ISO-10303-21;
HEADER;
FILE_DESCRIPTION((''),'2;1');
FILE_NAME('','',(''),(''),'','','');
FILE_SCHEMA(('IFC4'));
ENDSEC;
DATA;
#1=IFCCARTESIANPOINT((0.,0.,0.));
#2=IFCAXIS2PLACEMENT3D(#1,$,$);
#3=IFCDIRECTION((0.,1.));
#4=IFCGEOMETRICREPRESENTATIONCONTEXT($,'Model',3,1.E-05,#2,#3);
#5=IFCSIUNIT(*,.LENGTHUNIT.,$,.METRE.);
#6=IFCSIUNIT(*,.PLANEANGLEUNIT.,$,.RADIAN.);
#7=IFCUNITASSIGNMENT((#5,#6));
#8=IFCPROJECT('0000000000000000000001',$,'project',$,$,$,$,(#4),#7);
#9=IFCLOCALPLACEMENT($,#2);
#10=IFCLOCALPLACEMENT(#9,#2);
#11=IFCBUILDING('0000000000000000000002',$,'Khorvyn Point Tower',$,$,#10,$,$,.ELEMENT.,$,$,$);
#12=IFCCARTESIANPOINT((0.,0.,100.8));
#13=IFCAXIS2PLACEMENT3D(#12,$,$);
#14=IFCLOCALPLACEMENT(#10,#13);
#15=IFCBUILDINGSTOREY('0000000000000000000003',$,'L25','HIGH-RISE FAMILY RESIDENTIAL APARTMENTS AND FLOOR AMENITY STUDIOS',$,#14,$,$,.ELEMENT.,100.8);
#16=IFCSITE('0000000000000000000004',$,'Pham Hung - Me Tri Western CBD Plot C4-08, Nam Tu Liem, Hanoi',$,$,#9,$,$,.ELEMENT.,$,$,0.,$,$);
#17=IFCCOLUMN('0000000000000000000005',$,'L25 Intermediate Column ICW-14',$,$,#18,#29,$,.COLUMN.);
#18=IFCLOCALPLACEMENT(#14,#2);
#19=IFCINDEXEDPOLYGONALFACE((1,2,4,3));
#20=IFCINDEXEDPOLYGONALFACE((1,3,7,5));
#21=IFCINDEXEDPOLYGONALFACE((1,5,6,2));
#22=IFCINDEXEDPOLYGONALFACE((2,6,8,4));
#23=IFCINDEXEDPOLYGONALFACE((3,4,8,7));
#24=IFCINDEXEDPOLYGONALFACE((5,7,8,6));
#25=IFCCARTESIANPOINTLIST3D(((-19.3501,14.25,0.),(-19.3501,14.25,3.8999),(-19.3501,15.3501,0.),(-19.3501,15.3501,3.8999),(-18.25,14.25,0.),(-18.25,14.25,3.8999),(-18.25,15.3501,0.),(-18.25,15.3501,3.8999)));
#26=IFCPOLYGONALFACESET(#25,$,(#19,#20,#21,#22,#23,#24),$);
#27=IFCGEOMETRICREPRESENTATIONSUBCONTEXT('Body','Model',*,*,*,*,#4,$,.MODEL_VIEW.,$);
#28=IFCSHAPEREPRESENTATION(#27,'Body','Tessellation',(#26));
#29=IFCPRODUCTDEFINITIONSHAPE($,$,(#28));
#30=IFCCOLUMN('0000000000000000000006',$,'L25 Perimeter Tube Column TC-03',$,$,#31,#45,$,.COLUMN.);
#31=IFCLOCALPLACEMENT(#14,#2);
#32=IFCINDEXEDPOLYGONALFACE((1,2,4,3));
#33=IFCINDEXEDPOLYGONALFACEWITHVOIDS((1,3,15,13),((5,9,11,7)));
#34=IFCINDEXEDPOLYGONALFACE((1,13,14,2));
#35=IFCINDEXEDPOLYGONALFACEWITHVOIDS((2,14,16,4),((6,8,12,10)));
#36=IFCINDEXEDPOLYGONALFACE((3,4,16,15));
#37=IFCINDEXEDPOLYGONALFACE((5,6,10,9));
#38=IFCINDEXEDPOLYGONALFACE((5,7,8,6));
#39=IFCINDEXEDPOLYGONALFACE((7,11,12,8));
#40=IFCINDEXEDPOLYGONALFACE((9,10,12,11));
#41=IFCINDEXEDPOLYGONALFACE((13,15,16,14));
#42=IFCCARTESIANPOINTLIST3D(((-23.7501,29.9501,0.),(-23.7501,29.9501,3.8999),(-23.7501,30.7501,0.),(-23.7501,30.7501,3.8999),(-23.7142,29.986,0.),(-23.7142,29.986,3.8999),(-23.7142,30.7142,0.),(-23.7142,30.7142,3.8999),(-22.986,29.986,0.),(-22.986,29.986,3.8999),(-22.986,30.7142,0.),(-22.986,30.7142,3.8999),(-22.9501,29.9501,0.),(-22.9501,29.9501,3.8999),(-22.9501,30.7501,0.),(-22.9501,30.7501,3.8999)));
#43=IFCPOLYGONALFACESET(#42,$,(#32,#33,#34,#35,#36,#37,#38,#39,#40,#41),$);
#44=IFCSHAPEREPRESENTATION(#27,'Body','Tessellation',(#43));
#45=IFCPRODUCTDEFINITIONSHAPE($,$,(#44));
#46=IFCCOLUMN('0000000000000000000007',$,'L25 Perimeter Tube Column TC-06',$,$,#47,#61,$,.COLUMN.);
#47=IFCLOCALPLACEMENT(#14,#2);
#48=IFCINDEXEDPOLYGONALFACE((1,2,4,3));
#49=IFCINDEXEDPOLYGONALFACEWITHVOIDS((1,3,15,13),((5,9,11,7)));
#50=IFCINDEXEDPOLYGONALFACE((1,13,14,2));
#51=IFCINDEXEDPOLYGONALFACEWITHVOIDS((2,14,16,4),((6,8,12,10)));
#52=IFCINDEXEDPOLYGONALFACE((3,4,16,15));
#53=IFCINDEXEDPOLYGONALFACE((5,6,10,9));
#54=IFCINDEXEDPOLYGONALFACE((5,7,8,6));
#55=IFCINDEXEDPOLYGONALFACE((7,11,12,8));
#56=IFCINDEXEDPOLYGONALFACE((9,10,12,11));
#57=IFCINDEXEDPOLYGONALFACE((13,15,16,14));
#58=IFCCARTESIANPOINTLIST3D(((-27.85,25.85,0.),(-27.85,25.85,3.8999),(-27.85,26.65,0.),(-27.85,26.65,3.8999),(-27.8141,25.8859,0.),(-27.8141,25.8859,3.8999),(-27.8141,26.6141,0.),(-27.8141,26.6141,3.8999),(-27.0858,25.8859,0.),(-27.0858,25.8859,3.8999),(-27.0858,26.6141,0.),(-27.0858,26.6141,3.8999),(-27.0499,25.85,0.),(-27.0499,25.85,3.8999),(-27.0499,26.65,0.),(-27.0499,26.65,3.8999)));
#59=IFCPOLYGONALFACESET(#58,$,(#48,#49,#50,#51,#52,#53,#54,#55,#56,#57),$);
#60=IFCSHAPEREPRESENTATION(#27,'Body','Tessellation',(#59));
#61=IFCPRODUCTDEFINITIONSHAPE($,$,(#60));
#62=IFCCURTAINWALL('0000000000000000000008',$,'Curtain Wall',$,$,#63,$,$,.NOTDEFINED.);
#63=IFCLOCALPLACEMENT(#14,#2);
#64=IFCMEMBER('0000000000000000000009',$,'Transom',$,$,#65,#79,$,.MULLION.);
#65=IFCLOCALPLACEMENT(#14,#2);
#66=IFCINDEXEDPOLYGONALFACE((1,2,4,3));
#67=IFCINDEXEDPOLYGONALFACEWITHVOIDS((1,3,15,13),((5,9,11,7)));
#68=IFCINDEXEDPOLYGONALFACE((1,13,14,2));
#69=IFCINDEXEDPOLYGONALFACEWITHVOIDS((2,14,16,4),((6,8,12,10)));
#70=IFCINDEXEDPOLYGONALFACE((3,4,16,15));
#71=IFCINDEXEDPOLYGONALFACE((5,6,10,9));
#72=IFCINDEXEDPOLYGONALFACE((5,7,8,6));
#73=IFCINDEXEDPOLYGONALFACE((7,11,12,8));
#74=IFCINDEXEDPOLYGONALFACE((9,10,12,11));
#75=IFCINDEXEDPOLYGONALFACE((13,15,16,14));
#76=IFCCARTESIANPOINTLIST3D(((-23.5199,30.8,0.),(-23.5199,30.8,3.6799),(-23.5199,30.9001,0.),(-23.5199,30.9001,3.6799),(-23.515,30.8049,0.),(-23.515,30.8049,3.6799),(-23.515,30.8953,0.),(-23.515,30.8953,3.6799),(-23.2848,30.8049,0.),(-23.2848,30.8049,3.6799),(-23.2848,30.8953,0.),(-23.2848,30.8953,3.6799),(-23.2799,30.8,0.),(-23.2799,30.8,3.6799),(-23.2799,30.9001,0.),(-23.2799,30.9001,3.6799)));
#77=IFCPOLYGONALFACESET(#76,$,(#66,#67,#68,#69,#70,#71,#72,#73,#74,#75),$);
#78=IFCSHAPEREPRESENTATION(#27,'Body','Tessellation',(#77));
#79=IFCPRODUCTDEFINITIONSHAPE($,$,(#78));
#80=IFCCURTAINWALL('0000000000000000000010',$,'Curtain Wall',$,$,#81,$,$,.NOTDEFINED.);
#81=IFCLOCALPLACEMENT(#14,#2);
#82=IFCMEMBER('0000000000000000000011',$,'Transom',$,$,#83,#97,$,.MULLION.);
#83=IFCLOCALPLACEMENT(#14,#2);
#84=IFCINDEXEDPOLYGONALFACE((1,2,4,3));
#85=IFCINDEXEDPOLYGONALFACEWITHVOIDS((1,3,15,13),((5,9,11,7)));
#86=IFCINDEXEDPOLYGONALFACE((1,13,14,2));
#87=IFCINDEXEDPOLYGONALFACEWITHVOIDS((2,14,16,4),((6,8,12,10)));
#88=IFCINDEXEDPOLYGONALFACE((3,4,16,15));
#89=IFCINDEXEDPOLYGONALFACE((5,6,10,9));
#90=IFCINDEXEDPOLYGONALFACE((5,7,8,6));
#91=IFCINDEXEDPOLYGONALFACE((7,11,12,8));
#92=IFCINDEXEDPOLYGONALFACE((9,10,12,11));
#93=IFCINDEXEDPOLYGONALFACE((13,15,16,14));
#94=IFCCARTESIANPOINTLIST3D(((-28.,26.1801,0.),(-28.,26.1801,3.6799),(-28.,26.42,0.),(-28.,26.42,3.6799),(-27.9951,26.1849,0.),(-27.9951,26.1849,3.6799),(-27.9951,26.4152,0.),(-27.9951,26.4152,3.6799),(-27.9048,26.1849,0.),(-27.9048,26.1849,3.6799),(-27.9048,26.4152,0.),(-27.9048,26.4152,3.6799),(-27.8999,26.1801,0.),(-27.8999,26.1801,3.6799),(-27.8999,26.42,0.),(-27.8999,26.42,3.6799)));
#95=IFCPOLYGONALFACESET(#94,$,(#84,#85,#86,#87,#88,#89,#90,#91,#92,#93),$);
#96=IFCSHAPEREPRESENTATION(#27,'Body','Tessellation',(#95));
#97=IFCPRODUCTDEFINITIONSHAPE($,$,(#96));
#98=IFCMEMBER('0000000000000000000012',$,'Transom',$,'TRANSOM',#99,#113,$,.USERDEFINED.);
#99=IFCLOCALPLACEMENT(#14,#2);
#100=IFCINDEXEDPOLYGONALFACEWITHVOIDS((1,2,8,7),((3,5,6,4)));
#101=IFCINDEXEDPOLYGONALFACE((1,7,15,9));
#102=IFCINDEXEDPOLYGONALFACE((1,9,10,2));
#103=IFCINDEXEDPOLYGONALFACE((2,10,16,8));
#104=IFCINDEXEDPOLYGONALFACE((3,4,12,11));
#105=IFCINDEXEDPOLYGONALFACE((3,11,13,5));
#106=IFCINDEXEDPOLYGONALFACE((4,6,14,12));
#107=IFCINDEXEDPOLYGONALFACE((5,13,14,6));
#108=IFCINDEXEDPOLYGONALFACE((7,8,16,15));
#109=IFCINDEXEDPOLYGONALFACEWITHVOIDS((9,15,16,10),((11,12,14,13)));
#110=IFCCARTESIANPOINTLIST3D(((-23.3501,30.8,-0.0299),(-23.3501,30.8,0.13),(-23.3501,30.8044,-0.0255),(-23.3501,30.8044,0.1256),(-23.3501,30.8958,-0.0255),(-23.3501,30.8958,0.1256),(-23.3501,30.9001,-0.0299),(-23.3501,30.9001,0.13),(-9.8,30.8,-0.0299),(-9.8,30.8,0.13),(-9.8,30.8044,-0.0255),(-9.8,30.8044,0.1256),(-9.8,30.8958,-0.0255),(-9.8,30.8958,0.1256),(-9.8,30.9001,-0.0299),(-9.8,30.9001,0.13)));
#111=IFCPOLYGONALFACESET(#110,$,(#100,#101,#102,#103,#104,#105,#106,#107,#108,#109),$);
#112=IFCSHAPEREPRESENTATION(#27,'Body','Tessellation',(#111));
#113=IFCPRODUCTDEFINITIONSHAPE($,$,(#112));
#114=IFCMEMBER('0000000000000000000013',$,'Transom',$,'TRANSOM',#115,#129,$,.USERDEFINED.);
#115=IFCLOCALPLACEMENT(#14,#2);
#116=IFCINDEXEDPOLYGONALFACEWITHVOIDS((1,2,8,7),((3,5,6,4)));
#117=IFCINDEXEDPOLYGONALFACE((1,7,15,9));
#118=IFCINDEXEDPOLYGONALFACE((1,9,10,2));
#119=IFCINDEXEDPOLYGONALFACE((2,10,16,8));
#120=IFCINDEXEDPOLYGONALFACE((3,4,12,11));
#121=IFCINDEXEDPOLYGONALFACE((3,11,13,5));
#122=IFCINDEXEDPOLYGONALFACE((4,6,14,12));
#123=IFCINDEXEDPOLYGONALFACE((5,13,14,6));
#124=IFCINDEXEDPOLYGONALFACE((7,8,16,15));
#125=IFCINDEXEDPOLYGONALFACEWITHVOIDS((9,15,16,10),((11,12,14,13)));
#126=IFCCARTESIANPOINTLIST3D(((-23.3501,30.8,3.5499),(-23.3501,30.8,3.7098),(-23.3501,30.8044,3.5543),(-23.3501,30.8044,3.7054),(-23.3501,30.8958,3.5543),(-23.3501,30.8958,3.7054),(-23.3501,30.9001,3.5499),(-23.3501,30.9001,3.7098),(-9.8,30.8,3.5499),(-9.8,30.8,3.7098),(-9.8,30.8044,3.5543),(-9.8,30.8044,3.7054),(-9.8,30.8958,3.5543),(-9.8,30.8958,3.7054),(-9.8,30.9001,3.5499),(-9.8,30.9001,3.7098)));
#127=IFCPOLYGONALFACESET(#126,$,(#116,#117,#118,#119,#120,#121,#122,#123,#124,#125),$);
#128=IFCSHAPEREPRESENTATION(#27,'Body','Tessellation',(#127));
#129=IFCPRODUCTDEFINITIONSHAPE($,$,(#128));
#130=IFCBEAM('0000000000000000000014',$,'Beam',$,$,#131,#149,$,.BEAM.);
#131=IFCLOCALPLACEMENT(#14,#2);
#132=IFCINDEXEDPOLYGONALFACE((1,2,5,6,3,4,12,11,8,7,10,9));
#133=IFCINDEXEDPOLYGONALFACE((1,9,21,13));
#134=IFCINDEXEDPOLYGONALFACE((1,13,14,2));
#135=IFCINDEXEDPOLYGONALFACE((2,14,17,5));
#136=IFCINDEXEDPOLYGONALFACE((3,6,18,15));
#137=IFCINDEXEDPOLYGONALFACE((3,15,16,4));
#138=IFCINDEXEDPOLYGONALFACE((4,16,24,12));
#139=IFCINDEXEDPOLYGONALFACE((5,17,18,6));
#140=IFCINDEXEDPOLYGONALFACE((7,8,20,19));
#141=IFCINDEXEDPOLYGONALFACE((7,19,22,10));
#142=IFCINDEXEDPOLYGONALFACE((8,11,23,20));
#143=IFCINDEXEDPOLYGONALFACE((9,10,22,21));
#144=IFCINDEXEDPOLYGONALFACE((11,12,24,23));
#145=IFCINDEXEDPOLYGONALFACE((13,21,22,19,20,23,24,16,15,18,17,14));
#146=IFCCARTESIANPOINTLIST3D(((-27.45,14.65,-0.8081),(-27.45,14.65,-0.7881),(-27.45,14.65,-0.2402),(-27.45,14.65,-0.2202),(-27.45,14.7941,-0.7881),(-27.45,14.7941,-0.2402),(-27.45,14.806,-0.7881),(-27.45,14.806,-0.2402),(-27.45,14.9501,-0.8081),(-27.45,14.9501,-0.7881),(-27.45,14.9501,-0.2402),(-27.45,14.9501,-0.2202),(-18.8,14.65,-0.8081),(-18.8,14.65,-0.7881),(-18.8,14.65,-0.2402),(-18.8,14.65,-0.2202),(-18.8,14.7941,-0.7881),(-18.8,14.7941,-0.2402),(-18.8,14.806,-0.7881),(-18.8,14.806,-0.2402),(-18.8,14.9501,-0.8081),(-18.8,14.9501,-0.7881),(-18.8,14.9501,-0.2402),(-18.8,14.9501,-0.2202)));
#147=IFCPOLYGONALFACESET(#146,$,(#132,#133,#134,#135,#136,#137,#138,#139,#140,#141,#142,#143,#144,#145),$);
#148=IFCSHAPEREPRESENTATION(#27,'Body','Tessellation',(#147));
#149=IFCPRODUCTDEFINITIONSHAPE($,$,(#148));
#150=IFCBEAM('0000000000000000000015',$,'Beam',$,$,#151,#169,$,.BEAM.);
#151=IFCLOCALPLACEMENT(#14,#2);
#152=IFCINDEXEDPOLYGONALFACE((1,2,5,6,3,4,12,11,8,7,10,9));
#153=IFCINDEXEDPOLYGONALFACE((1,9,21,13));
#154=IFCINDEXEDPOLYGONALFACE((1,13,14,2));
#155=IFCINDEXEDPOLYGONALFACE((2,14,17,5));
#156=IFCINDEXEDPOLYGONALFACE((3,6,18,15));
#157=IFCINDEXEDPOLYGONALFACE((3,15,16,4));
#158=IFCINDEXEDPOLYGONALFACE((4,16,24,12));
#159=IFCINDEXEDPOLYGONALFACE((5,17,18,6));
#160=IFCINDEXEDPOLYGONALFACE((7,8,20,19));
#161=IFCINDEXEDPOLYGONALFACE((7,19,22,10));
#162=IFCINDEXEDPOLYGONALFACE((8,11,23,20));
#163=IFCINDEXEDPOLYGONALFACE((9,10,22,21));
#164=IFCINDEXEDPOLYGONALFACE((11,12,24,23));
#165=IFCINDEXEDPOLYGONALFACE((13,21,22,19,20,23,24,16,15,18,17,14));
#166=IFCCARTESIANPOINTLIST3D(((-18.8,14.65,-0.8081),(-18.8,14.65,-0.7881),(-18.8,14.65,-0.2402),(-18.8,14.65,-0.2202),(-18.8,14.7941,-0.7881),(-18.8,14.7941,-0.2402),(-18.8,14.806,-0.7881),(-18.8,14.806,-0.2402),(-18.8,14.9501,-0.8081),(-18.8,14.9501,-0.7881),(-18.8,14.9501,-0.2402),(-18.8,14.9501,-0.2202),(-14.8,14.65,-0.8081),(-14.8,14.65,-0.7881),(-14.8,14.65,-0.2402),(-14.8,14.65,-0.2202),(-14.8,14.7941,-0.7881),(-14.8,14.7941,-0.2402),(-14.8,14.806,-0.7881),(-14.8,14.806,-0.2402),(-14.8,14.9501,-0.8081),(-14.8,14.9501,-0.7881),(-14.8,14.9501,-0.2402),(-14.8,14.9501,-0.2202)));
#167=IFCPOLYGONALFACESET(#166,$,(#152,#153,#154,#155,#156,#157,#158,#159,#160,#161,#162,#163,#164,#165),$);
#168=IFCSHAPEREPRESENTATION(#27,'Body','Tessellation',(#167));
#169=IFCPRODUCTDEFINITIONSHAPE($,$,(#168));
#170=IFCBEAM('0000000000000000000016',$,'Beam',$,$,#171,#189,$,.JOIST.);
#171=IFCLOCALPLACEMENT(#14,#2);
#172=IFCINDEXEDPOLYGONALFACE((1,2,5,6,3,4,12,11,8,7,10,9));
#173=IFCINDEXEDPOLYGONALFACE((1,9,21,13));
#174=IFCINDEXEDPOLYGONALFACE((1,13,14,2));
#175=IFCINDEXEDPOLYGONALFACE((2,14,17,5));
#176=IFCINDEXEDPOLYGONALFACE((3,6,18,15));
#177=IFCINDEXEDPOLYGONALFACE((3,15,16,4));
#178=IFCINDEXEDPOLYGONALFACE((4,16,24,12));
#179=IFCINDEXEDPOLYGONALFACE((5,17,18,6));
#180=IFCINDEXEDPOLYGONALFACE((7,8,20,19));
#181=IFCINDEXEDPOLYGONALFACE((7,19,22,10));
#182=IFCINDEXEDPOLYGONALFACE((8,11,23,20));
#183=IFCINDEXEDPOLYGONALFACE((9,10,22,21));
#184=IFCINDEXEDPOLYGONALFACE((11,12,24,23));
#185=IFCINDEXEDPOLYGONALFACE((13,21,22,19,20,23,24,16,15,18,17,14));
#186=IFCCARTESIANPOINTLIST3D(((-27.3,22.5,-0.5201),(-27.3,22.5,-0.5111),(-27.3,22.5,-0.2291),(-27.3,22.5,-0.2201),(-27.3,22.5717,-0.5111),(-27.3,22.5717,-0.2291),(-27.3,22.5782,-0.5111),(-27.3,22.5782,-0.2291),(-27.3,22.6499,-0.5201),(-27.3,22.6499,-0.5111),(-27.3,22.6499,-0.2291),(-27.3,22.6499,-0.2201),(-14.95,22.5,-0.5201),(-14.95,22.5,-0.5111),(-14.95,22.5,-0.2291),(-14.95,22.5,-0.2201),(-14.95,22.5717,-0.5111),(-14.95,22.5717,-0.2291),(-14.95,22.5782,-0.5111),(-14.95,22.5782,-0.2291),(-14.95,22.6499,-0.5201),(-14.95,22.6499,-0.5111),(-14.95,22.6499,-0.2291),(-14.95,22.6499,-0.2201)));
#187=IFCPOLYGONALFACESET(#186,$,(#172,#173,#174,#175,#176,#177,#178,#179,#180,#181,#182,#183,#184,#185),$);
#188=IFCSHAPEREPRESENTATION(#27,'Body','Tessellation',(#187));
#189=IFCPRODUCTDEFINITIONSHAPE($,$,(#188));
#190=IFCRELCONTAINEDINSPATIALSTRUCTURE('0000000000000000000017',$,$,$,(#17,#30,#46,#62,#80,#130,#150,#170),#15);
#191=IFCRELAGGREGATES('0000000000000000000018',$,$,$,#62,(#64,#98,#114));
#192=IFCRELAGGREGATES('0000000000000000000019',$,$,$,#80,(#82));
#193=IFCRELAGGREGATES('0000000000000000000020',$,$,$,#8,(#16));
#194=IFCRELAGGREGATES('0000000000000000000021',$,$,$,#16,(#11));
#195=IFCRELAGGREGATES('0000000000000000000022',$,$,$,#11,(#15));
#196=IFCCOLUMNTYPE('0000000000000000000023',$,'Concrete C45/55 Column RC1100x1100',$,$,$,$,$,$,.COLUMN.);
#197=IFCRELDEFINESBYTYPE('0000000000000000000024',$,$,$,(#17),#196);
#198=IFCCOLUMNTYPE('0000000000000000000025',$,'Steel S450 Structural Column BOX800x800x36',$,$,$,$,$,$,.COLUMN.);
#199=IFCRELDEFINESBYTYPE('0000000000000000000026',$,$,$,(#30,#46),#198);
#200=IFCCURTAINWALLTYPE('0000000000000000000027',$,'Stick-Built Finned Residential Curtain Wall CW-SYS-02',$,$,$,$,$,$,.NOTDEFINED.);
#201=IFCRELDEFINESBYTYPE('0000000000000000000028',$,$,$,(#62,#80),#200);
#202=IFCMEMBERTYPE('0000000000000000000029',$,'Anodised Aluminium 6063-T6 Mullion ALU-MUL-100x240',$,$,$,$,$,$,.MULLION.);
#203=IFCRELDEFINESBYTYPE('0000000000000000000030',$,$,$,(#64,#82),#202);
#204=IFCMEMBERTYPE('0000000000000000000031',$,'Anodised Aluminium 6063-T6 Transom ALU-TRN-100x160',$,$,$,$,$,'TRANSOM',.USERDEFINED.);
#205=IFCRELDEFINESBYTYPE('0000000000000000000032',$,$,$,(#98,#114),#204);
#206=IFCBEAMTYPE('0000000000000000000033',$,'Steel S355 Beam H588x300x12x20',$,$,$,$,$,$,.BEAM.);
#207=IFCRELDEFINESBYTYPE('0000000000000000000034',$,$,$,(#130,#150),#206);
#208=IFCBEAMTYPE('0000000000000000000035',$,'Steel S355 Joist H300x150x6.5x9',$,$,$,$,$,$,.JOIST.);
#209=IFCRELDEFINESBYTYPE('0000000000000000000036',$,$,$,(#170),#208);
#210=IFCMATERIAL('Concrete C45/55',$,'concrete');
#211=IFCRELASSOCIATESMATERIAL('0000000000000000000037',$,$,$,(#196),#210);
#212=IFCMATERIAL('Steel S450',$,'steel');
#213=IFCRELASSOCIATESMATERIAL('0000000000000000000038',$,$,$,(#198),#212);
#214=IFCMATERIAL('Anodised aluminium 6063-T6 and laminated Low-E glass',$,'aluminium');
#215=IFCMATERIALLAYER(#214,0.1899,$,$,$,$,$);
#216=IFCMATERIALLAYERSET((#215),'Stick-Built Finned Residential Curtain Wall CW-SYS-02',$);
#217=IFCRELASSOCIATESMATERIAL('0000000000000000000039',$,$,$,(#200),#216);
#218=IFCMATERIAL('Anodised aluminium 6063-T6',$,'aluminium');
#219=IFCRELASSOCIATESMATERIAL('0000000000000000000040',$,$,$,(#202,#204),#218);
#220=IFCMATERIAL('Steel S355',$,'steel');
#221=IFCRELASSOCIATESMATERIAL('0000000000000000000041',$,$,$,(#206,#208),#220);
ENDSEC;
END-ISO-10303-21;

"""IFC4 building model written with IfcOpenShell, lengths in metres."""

from ifc_helpers import new_model, si_unit, direction, frame, origin, origin_2d, place, context, subcontext, project, spatial, rectangle, hollow_rectangle, i_section, extrude, material, layer, layer_set, material_profile, profile_set, type_object, element, aggregate, save


model = new_model("IFC4")

# Units and contexts
model_context = context("Model", 3, precision=1e-05, world=origin(), true_north=direction((0.0, 1.0)))
body_context = subcontext(model_context, "Body", "Model", "MODEL_VIEW")
ifc_project = project(units=[si_unit("LENGTHUNIT", "METRE"), si_unit("PLANEANGLEUNIT", "RADIAN")], contexts=[model_context])

# Site, building, storey
site_placement = place(None, origin())
site = spatial("IfcSite", under=ifc_project, at=site_placement, Name="Pham Hung - Me Tri Western CBD Plot C4-08, Nam Tu Liem, Hanoi", CompositionType="ELEMENT", RefElevation=0.0)
building_placement = place(site_placement, origin())
building = spatial("IfcBuilding", under=site, at=building_placement, Name="Khorvyn Point Tower", CompositionType="ELEMENT")
storey_placement = place(building_placement, frame((0.0, 0.0, 100.8)))
storey = spatial("IfcBuildingStorey", under=building, at=storey_placement, Name="L25", Description="HIGH-RISE FAMILY RESIDENTIAL APARTMENTS AND FLOOR AMENITY STUDIOS", CompositionType="ELEMENT", Elevation=100.8)

# Columns
ifc_material_1 = material(Name="Concrete C45/55", Category="concrete")
ifc_material_profile_1 = material_profile(ifc_material_1, rectangle(XDim=1.1001, YDim=1.1001, at=origin_2d()))
ifc_profile_set_1 = profile_set([ifc_material_profile_1], Name="Concrete C45/55 RC1100x1100")
column_type_1 = type_object("IfcColumnType", Name="Concrete C45/55 Column RC1100x1100", PredefinedType="COLUMN", material=ifc_profile_set_1)
column_placement = place(storey_placement, frame((-18.8, 14.8, 0.0), z_axis=(0.0, 0.0, 1.0), x_axis=(1.0, 0.0, 0.0)))
element("IfcColumn", 1, at=column_placement, inside=storey, type_object=column_type_1, Name="L25 Intermediate Column ICW-14", PredefinedType="COLUMN", context=body_context, shape_type="SweptSolid", body=[
    extrude(rectangle(XDim=1.1001, YDim=1.1001, at=origin_2d()), origin(), (0.0, 0.0, 1.0), 3.8999),
])
ifc_material_2 = material(Name="Steel S450", Category="steel")
ifc_material_profile_2 = material_profile(ifc_material_2, hollow_rectangle(XDim=0.8, YDim=0.8, WallThickness=0.0359, at=origin_2d()))
ifc_profile_set_2 = profile_set([ifc_material_profile_2], Name="Steel S450 BOX800x800x36")
column_type_2 = type_object("IfcColumnType", Name="Steel S450 Structural Column BOX800x800x36", PredefinedType="COLUMN", material=ifc_profile_set_2)
for number, where, z_axis, x_axis, name in (
    (2, (-23.3501, 30.3501, 0.0), (0.0, 0.0, 1.0), (1.0, 0.0, 0.0), "L25 Perimeter Tube Column TC-03"),
    (3, (-27.45, 26.25, 0.0), (0.0, 0.0, 1.0), (1.0, 0.0, 0.0), "L25 Perimeter Tube Column TC-06"),
):
    element("IfcColumn", number, at=place(storey_placement, frame(where, z_axis=z_axis, x_axis=x_axis)), inside=storey, type_object=column_type_2, Name=name, PredefinedType="COLUMN", context=body_context, shape_type="SweptSolid", body=[
        extrude(hollow_rectangle(XDim=0.8, YDim=0.8, WallThickness=0.0359, at=origin_2d()), origin(), (0.0, 0.0, 1.0), 3.8999),
    ])

# Curtain walls, members
ifc_material_3 = material(Name="Anodised aluminium 6063-T6 and laminated Low-E glass", Category="aluminium")
ifc_layer_1 = layer(ifc_material_3, 0.1899)
ifc_layer_set_1 = layer_set([ifc_layer_1], Name="Stick-Built Finned Residential Curtain Wall CW-SYS-02")
curtain_wall_type = type_object("IfcCurtainWallType", Name="Stick-Built Finned Residential Curtain Wall CW-SYS-02", PredefinedType="NOTDEFINED", material=ifc_layer_set_1)
curtain_wall_1_placement = place(storey_placement, origin())
curtain_wall_1 = element("IfcCurtainWall", 4, at=curtain_wall_1_placement, inside=storey, type_object=curtain_wall_type, Name="Curtain Wall", PredefinedType="NOTDEFINED")
ifc_material_4 = material(Name="Anodised aluminium 6063-T6", Category="aluminium")
ifc_material_profile_3 = material_profile(ifc_material_4, hollow_rectangle(XDim=0.1001, YDim=0.24, WallThickness=0.0049, at=origin_2d()))
ifc_profile_set_3 = profile_set([ifc_material_profile_3], Name="Anodised aluminium 6063-T6 ALU-MUL-100x240")
member_type_1 = type_object("IfcMemberType", Name="Anodised Aluminium 6063-T6 Mullion ALU-MUL-100x240", PredefinedType="MULLION", material=ifc_profile_set_3)
member_1_placement = place(storey_placement, frame((-23.3999, 30.8501, 0.0), z_axis=(0.0, 0.0, 1.0), x_axis=(0.0, 1.0, 0.0)))
member_1 = element("IfcMember", 5, at=member_1_placement, type_object=member_type_1, Name="Transom", PredefinedType="MULLION", context=body_context, shape_type="SweptSolid", body=[
    extrude(hollow_rectangle(XDim=0.1001, YDim=0.24, WallThickness=0.0049, at=origin_2d()), origin(), (0.0, 0.0, 1.0), 3.6799),
])
curtain_wall_2_placement = place(storey_placement, origin())
curtain_wall_2 = element("IfcCurtainWall", 6, at=curtain_wall_2_placement, inside=storey, type_object=curtain_wall_type, Name="Curtain Wall", PredefinedType="NOTDEFINED")
member_2_placement = place(storey_placement, frame((-27.95, 26.3, 0.0), z_axis=(0.0, 0.0, 1.0), x_axis=(-1.0, 0.0, 0.0)))
member_2 = element("IfcMember", 7, at=member_2_placement, type_object=member_type_1, Name="Transom", PredefinedType="MULLION", context=body_context, shape_type="SweptSolid", body=[
    extrude(hollow_rectangle(XDim=0.1001, YDim=0.24, WallThickness=0.0049, at=origin_2d()), origin(), (0.0, 0.0, 1.0), 3.6799),
])

# Members
ifc_material_profile_4 = material_profile(ifc_material_4, hollow_rectangle(XDim=0.1001, YDim=0.1599, WallThickness=0.0044, at=origin_2d()))
ifc_profile_set_4 = profile_set([ifc_material_profile_4], Name="Anodised aluminium 6063-T6 ALU-TRN-100x160")
member_type_2 = type_object("IfcMemberType", Name="Anodised Aluminium 6063-T6 Transom ALU-TRN-100x160", ElementType="TRANSOM", PredefinedType="USERDEFINED", material=ifc_profile_set_4)
member_3_placement = place(storey_placement, frame((-23.3501, 30.8501, 0.05), z_axis=(1.0, 0.0, 0.0), x_axis=(0.0, 1.0, 0.0)))
member_3 = element("IfcMember", 8, at=member_3_placement, type_object=member_type_2, Name="Transom", ObjectType="TRANSOM", PredefinedType="USERDEFINED", context=body_context, shape_type="SweptSolid", body=[
    extrude(hollow_rectangle(XDim=0.1001, YDim=0.1599, WallThickness=0.0044, at=origin_2d()), origin(), (0.0, 0.0, 1.0), 13.55),
])
member_4_placement = place(storey_placement, frame((-23.3501, 30.8501, 3.6299), z_axis=(1.0, 0.0, 0.0), x_axis=(0.0, 1.0, 0.0)))
member_4 = element("IfcMember", 9, at=member_4_placement, type_object=member_type_2, Name="Transom", ObjectType="TRANSOM", PredefinedType="USERDEFINED", context=body_context, shape_type="SweptSolid", body=[
    extrude(hollow_rectangle(XDim=0.1001, YDim=0.1599, WallThickness=0.0044, at=origin_2d()), origin(), (0.0, 0.0, 1.0), 13.55),
])

# Beams
ifc_material_5 = material(Name="Steel S355", Category="steel")
ifc_material_profile_5 = material_profile(ifc_material_5, i_section(OverallWidth=0.3, OverallDepth=0.5879, WebThickness=0.012, FlangeThickness=0.02, at=origin_2d()))
ifc_profile_set_5 = profile_set([ifc_material_profile_5], Name="Steel S355 H588x300x12x20")
beam_type_1 = type_object("IfcBeamType", Name="Steel S355 Beam H588x300x12x20", PredefinedType="BEAM", material=ifc_profile_set_5)
beam_1_placement = place(storey_placement, frame((-27.45, 14.8, -0.5142), z_axis=(1.0, 0.0, 0.0), x_axis=(0.0, 1.0, 0.0)))
element("IfcBeam", 10, at=beam_1_placement, inside=storey, type_object=beam_type_1, Name="Beam", PredefinedType="BEAM", context=body_context, shape_type="SweptSolid", body=[
    extrude(i_section(OverallWidth=0.3, OverallDepth=0.5879, WebThickness=0.012, FlangeThickness=0.02, at=origin_2d()), origin(), (0.0, 0.0, 1.0), 8.6499),
])
beam_2_placement = place(storey_placement, frame((-18.8, 14.8, -0.5142), z_axis=(1.0, 0.0, 0.0), x_axis=(0.0, 1.0, 0.0)))
element("IfcBeam", 11, at=beam_2_placement, inside=storey, type_object=beam_type_1, Name="Beam", PredefinedType="BEAM", context=body_context, shape_type="SweptSolid", body=[
    extrude(i_section(OverallWidth=0.3, OverallDepth=0.5879, WebThickness=0.012, FlangeThickness=0.02, at=origin_2d()), origin(), (0.0, 0.0, 1.0), 4.0),
])
ifc_material_profile_6 = material_profile(ifc_material_5, i_section(OverallWidth=0.1499, OverallDepth=0.3, WebThickness=0.0066, FlangeThickness=0.009, at=origin_2d()))
ifc_profile_set_6 = profile_set([ifc_material_profile_6], Name="Steel S355 H300x150x6.5x9")
beam_type_2 = type_object("IfcBeamType", Name="Steel S355 Joist H300x150x6.5x9", PredefinedType="JOIST", material=ifc_profile_set_6)
beam_3_placement = place(storey_placement, frame((-27.3, 22.575, -0.3701), z_axis=(1.0, 0.0, 0.0), x_axis=(0.0, 1.0, 0.0)))
element("IfcBeam", 12, at=beam_3_placement, inside=storey, type_object=beam_type_2, Name="Beam", PredefinedType="JOIST", context=body_context, shape_type="SweptSolid", body=[
    extrude(i_section(OverallWidth=0.1499, OverallDepth=0.3, WebThickness=0.0066, FlangeThickness=0.009, at=origin_2d()), origin(), (0.0, 0.0, 1.0), 12.3501),
])

aggregate(curtain_wall_1, [member_1, member_3, member_4])
aggregate(curtain_wall_2, [member_2])

save(model, "model.ifc")
